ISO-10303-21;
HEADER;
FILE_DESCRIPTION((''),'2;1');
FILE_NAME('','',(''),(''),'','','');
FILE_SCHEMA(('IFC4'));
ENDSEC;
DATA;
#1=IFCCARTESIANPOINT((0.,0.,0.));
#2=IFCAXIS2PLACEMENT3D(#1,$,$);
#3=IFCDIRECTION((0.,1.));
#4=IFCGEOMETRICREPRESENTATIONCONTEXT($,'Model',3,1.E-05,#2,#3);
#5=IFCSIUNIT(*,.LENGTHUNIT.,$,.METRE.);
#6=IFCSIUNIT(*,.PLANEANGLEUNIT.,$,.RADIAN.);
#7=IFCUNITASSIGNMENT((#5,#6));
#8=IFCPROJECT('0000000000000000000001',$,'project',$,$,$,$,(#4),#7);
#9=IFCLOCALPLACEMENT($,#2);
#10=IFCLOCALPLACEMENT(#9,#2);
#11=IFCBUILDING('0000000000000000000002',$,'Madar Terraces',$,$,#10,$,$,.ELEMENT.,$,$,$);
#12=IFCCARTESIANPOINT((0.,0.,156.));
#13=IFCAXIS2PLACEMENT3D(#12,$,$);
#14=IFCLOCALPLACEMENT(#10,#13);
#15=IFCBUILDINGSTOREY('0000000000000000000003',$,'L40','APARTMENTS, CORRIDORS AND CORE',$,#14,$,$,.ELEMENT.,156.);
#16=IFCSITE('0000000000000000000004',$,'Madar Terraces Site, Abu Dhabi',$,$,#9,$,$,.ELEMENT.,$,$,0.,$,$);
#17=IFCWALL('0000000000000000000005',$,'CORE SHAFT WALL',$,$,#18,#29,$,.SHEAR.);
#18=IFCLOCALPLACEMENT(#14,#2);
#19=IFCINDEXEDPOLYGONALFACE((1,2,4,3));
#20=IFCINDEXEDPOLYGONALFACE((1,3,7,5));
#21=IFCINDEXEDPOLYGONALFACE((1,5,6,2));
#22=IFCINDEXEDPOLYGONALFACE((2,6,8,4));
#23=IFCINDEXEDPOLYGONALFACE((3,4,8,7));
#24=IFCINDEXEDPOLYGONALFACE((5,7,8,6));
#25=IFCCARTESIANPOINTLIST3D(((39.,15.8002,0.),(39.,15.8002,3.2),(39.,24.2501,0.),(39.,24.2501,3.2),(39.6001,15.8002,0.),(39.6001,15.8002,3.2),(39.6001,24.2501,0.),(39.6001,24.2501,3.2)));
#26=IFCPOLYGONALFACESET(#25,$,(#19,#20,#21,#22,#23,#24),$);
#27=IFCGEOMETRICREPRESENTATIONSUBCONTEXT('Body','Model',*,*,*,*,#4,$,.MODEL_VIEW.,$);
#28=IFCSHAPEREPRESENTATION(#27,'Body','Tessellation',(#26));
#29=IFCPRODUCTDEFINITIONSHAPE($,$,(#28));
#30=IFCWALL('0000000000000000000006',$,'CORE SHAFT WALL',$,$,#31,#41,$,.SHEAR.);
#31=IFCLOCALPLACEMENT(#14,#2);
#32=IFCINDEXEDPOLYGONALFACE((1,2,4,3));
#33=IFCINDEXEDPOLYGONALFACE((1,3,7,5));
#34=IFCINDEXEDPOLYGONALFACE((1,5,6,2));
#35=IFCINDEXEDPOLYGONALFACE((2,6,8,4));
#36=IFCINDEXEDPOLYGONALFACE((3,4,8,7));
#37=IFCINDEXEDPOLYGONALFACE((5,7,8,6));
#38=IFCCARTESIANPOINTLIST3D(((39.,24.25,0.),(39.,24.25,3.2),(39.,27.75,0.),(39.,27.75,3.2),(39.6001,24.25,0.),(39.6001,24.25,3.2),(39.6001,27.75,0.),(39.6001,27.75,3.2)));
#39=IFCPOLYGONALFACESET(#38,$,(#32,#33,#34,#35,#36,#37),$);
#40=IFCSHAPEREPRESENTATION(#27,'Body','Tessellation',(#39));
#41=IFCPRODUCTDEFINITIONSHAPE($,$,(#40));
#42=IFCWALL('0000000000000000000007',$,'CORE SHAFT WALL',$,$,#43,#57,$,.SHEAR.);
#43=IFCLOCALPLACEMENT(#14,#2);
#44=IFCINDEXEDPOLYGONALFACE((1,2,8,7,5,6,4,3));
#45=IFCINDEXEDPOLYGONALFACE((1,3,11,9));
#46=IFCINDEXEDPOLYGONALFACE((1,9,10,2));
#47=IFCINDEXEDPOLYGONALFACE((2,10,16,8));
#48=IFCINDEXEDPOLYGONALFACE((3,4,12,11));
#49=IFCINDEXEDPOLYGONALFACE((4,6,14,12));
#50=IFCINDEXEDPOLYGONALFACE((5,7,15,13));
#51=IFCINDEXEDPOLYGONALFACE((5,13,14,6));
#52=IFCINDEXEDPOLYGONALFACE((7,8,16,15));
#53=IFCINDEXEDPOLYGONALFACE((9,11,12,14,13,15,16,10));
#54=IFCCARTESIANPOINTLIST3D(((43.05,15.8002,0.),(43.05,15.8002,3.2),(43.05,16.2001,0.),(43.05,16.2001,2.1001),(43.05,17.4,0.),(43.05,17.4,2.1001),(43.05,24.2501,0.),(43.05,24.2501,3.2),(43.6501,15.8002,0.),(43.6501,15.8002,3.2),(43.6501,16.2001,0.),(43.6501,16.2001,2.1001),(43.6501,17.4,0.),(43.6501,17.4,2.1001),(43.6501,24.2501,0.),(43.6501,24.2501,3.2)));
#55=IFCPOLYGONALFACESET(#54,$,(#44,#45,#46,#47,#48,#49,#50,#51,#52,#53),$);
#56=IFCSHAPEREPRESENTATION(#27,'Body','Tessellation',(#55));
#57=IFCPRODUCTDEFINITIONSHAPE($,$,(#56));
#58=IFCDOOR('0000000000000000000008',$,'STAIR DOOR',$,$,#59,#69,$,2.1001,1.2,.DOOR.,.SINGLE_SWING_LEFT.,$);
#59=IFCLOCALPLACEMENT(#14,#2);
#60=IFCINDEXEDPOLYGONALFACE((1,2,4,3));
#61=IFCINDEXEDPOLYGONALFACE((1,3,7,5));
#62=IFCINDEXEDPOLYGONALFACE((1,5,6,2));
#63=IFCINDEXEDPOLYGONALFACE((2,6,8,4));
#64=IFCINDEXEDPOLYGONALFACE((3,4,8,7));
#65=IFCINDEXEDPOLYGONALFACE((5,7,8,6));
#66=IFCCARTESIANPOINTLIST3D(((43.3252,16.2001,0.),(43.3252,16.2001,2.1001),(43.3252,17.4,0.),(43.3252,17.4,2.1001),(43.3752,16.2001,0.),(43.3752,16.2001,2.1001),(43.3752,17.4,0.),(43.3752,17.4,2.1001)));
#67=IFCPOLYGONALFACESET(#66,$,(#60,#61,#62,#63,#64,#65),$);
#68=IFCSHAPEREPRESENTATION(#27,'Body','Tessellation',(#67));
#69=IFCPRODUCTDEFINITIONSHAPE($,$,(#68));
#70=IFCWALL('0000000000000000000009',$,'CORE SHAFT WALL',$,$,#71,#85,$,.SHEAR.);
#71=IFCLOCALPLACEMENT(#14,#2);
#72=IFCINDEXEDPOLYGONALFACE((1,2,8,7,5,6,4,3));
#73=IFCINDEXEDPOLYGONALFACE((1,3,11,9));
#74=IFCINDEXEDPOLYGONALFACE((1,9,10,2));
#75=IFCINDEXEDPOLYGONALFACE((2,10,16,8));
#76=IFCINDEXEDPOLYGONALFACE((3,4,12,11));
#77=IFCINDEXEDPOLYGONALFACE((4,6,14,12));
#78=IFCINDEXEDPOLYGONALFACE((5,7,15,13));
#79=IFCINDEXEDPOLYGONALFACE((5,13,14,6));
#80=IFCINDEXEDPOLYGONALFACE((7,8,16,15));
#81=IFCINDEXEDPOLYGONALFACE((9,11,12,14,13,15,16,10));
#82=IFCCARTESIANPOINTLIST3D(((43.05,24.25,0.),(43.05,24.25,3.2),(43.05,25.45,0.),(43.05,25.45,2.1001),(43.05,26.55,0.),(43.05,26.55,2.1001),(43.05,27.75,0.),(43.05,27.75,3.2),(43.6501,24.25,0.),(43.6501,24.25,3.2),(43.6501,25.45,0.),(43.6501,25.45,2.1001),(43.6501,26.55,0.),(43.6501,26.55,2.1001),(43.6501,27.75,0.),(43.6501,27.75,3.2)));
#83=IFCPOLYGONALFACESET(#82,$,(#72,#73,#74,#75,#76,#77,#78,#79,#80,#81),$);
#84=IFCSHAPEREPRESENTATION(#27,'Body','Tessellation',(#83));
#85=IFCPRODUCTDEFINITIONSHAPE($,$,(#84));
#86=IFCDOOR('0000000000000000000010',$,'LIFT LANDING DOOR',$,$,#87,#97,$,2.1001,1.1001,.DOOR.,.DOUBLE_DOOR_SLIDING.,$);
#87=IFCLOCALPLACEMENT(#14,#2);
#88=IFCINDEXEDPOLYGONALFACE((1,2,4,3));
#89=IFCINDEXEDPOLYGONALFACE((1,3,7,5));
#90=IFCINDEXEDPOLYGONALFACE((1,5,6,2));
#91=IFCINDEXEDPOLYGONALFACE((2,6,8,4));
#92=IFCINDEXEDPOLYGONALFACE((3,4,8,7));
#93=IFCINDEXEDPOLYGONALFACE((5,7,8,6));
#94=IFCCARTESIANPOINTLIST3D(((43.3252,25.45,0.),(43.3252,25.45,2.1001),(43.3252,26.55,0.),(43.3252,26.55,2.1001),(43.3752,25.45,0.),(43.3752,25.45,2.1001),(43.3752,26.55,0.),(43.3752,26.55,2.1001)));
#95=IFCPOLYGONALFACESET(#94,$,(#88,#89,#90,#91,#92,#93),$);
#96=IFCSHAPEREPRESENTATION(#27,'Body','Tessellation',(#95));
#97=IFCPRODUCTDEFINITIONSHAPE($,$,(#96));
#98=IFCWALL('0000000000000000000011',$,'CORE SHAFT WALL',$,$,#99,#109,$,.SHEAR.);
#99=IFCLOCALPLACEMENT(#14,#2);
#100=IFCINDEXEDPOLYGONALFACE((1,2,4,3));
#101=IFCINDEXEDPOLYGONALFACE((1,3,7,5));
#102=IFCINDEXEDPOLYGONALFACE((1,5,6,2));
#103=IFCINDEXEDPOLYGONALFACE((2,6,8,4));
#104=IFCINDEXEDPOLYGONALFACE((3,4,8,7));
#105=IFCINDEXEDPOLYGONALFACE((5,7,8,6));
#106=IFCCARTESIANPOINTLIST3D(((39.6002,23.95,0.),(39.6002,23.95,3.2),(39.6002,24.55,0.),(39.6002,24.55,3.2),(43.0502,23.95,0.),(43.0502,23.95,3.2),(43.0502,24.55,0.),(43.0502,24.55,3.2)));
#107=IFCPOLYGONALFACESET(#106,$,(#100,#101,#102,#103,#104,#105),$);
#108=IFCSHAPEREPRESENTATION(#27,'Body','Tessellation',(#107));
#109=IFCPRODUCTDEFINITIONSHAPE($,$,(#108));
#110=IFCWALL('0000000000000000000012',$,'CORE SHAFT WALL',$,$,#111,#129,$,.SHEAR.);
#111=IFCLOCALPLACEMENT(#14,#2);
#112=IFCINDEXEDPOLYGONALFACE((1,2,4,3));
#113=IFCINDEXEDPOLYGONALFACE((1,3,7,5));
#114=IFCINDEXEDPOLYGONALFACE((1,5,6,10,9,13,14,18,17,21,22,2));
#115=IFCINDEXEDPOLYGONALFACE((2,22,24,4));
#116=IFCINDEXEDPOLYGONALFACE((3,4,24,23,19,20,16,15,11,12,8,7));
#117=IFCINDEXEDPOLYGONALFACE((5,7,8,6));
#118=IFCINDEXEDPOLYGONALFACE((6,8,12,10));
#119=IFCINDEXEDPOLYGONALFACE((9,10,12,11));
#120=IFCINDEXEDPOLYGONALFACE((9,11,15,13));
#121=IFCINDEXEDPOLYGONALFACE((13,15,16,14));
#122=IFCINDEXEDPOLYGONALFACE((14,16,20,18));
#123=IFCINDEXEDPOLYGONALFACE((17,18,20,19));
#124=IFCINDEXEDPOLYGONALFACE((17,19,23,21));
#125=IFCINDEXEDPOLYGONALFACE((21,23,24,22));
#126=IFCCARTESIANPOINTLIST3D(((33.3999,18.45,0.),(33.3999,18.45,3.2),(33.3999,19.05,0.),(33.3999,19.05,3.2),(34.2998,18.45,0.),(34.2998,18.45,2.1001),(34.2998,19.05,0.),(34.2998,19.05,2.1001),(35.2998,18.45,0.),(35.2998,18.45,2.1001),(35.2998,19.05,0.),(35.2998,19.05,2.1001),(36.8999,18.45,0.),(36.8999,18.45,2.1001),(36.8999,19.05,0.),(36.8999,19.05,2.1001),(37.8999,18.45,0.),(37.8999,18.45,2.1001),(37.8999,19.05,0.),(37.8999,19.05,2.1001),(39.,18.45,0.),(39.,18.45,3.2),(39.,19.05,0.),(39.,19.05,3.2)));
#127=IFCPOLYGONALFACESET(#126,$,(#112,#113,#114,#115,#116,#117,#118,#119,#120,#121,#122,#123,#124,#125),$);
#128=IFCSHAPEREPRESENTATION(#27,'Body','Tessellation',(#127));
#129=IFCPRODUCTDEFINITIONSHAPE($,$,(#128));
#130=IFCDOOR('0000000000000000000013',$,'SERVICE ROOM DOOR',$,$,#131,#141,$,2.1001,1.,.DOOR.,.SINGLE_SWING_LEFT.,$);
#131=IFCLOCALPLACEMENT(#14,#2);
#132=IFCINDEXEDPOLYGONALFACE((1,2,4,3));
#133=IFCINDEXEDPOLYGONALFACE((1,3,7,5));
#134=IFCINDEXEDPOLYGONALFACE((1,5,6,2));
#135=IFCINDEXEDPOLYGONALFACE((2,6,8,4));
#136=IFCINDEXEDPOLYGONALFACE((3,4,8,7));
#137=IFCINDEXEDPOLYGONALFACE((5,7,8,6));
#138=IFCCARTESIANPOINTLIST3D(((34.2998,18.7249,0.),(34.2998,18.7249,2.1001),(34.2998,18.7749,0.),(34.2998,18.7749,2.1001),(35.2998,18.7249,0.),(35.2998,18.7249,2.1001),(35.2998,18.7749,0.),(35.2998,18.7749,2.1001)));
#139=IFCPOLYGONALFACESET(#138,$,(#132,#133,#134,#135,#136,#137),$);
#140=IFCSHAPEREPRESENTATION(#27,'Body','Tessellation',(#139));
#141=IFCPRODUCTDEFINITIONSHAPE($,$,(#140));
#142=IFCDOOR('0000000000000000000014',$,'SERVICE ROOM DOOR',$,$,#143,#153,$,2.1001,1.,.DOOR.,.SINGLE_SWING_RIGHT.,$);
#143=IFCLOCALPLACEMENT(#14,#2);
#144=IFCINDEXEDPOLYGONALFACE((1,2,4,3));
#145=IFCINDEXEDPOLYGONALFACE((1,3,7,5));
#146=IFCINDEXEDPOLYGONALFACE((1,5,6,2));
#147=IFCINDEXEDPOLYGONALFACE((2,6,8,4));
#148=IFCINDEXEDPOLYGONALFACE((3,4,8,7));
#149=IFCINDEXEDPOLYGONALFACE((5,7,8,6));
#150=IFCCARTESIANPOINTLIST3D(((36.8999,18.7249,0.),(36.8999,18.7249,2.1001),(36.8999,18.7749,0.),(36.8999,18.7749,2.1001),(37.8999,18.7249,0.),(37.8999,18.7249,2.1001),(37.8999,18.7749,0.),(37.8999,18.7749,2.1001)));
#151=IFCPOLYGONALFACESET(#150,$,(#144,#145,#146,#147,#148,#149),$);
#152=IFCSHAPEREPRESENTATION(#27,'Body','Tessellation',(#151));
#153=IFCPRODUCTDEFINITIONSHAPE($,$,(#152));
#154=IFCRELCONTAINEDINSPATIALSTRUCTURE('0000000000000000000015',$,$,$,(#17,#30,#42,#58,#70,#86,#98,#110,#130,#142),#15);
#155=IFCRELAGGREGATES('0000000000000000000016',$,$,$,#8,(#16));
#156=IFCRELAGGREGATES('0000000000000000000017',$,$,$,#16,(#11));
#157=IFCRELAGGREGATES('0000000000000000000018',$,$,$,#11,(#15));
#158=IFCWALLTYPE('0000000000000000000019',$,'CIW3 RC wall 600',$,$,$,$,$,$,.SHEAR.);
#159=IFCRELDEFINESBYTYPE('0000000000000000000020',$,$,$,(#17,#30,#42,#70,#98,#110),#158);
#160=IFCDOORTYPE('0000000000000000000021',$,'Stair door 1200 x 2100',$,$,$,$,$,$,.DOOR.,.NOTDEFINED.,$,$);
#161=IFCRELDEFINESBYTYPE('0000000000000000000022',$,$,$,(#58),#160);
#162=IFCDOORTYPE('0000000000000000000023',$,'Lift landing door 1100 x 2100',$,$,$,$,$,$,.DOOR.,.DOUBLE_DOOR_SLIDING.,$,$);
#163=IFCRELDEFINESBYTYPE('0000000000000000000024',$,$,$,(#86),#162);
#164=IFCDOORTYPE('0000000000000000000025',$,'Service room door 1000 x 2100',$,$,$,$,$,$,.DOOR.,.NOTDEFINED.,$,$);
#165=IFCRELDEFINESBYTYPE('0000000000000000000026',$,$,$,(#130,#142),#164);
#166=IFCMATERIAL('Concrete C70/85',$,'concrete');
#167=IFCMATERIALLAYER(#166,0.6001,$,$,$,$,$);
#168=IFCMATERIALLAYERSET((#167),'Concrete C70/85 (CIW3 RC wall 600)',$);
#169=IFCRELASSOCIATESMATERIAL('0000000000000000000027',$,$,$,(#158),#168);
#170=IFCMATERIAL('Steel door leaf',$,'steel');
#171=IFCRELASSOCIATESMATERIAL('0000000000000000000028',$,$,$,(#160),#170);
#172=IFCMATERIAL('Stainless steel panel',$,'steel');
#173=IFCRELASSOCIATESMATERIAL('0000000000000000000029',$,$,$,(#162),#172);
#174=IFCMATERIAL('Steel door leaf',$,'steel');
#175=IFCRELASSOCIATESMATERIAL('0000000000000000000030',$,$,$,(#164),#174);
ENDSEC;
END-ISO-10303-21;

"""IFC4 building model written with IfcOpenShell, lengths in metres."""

from ifc_helpers import new_model, si_unit, direction, frame, frame_2d, origin, place, context, subcontext, project, spatial, rectangle, extrude, material, layer, layer_set, type_object, element, fill, save


model = new_model("IFC4")

# Units and contexts
model_context = context("Model", 3, precision=1e-05, world=origin(), true_north=direction((0.0, 1.0)))
body_context = subcontext(model_context, "Body", "Model", "MODEL_VIEW")
ifc_project = project(units=[si_unit("LENGTHUNIT", "METRE"), si_unit("PLANEANGLEUNIT", "RADIAN")], contexts=[model_context])

# Site, building, storey
site_placement = place(None, origin())
site = spatial("IfcSite", under=ifc_project, at=site_placement, Name="Madar Terraces Site, Abu Dhabi", CompositionType="ELEMENT", RefElevation=0.0)
building_placement = place(site_placement, origin())
building = spatial("IfcBuilding", under=site, at=building_placement, Name="Madar Terraces", CompositionType="ELEMENT")
storey_placement = place(building_placement, frame((0.0, 0.0, 156.0)))
storey = spatial("IfcBuildingStorey", under=building, at=storey_placement, Name="L40", Description="APARTMENTS, CORRIDORS AND CORE", CompositionType="ELEMENT", Elevation=156.0)

# Walls
ifc_material_1 = material(Name="Concrete C70/85", Category="concrete")
ifc_layer_1 = layer(ifc_material_1, 0.6001)
ifc_layer_set_1 = layer_set([ifc_layer_1], Name="Concrete C70/85 (CIW3 RC wall 600)")
wall_type_1 = type_object("IfcWallType", Name="CIW3 RC wall 600", PredefinedType="SHEAR", material=ifc_layer_set_1)
wall_1_placement = place(storey_placement, frame((39.3, 15.8, 0.0), z_axis=(0.0, 0.0, 1.0), x_axis=(0.0, 1.0, 0.0)))
element("IfcWall", 1, at=wall_1_placement, inside=storey, type_object=wall_type_1, Name="CORE SHAFT WALL", PredefinedType="SHEAR", context=body_context, shape_type="SweptSolid", body=[
    extrude(rectangle(XDim=8.45, YDim=0.6001, at=frame_2d((4.2251, 0.0))), origin(), (0.0, 0.0, 1.0), 3.2),
])
wall_2_placement = place(storey_placement, frame((39.3, 24.25, 0.0), z_axis=(0.0, 0.0, 1.0), x_axis=(0.0, 1.0, 0.0)))
element("IfcWall", 2, at=wall_2_placement, inside=storey, type_object=wall_type_1, Name="CORE SHAFT WALL", PredefinedType="SHEAR", context=body_context, shape_type="SweptSolid", body=[
    extrude(rectangle(XDim=3.5, YDim=0.6001, at=frame_2d((1.75, 0.0))), origin(), (0.0, 0.0, 1.0), 3.2),
])

# Walls, openings, doors
wall_3_placement = place(storey_placement, frame((43.3501, 15.8, 0.0), z_axis=(0.0, 0.0, 1.0), x_axis=(0.0, 1.0, 0.0)))
wall_3 = element("IfcWall", 3, at=wall_3_placement, inside=storey, type_object=wall_type_1, Name="CORE SHAFT WALL", PredefinedType="SHEAR", context=body_context, shape_type="SweptSolid", body=[
    extrude(rectangle(XDim=8.45, YDim=0.6001, at=frame_2d((4.2251, 0.0))), origin(), (0.0, 0.0, 1.0), 3.2),
])
opening_1_placement = place(wall_3_placement, frame((0.3999, 0.0, 0.0)))
opening_1 = element("IfcOpeningElement", 4, at=opening_1_placement, cuts=wall_3, PredefinedType="OPENING", context=body_context, shape_type="SweptSolid", body=[
    extrude(rectangle(XDim=1.2, YDim=2.1001, at=frame_2d((0.6001, 1.05))), frame((0.0, 0.3101, 0.0), z_axis=(0.0, -1.0, 0.0), x_axis=(1.0, 0.0, 0.0)), (0.0, 0.0, 1.0), 0.6201),
])
ifc_material_2 = material(Name="Steel door leaf", Category="steel")
door_type_1 = type_object("IfcDoorType", Name="Stair door 1200 x 2100", OperationType="NOTDEFINED", PredefinedType="DOOR", material=ifc_material_2)
door_1_placement = place(opening_1_placement, origin())
door_1 = element("IfcDoor", 5, at=door_1_placement, inside=storey, type_object=door_type_1, Name="STAIR DOOR", OperationType="SINGLE_SWING_LEFT", OverallHeight=2.1001, OverallWidth=1.2, PredefinedType="DOOR", context=body_context, shape_type="SweptSolid", body=[
    extrude(rectangle(XDim=1.2, YDim=2.1001, at=frame_2d((0.6001, 1.05))), frame((0.0, 0.0249, 0.0), z_axis=(0.0, -1.0, 0.0), x_axis=(1.0, 0.0, 0.0)), (0.0, 0.0, 1.0), 0.05),
])
fill(opening_1, door_1)
wall_4_placement = place(storey_placement, frame((43.3501, 24.25, 0.0), z_axis=(0.0, 0.0, 1.0), x_axis=(0.0, 1.0, 0.0)))
wall_4 = element("IfcWall", 6, at=wall_4_placement, inside=storey, type_object=wall_type_1, Name="CORE SHAFT WALL", PredefinedType="SHEAR", context=body_context, shape_type="SweptSolid", body=[
    extrude(rectangle(XDim=3.5, YDim=0.6001, at=frame_2d((1.75, 0.0))), origin(), (0.0, 0.0, 1.0), 3.2),
])
opening_2_placement = place(wall_4_placement, frame((1.2, 0.0, 0.0)))
opening_2 = element("IfcOpeningElement", 7, at=opening_2_placement, cuts=wall_4, PredefinedType="OPENING", context=body_context, shape_type="SweptSolid", body=[
    extrude(rectangle(XDim=1.1001, YDim=2.1001, at=frame_2d((0.55, 1.05))), frame((0.0, 0.3101, 0.0), z_axis=(0.0, -1.0, 0.0), x_axis=(1.0, 0.0, 0.0)), (0.0, 0.0, 1.0), 0.6201),
])
ifc_material_3 = material(Name="Stainless steel panel", Category="steel")
door_type_2 = type_object("IfcDoorType", Name="Lift landing door 1100 x 2100", OperationType="DOUBLE_DOOR_SLIDING", PredefinedType="DOOR", material=ifc_material_3)
door_2_placement = place(opening_2_placement, origin())
door_2 = element("IfcDoor", 8, at=door_2_placement, inside=storey, type_object=door_type_2, Name="LIFT LANDING DOOR", OperationType="DOUBLE_DOOR_SLIDING", OverallHeight=2.1001, OverallWidth=1.1001, PredefinedType="DOOR", context=body_context, shape_type="SweptSolid", body=[
    extrude(rectangle(XDim=1.1001, YDim=2.1001, at=frame_2d((0.55, 1.05))), frame((0.0, 0.0249, 0.0), z_axis=(0.0, -1.0, 0.0), x_axis=(1.0, 0.0, 0.0)), (0.0, 0.0, 1.0), 0.05),
])
fill(opening_2, door_2)

# Wall
wall_5_placement = place(storey_placement, frame((39.6001, 24.25, 0.0), z_axis=(0.0, 0.0, 1.0), x_axis=(1.0, 0.0, 0.0)))
element("IfcWall", 9, at=wall_5_placement, inside=storey, type_object=wall_type_1, Name="CORE SHAFT WALL", PredefinedType="SHEAR", context=body_context, shape_type="SweptSolid", body=[
    extrude(rectangle(XDim=3.45, YDim=0.6001, at=frame_2d((1.7251, 0.0))), origin(), (0.0, 0.0, 1.0), 3.2),
])

# Wall, openings, doors
wall_6_placement = place(storey_placement, frame((33.3999, 18.75, 0.0), z_axis=(0.0, 0.0, 1.0), x_axis=(1.0, 0.0, 0.0)))
wall_6 = element("IfcWall", 10, at=wall_6_placement, inside=storey, type_object=wall_type_1, Name="CORE SHAFT WALL", PredefinedType="SHEAR", context=body_context, shape_type="SweptSolid", body=[
    extrude(rectangle(XDim=5.6001, YDim=0.6001, at=frame_2d((2.8, 0.0))), origin(), (0.0, 0.0, 1.0), 3.2),
])
opening_3_placement = place(wall_6_placement, frame((0.8999, 0.0, 0.0)))
opening_3 = element("IfcOpeningElement", 11, at=opening_3_placement, cuts=wall_6, PredefinedType="OPENING", context=body_context, shape_type="SweptSolid", body=[
    extrude(rectangle(XDim=1.0, YDim=2.1001, at=frame_2d((0.5, 1.05))), frame((0.0, 0.3101, 0.0), z_axis=(0.0, -1.0, 0.0), x_axis=(1.0, 0.0, 0.0)), (0.0, 0.0, 1.0), 0.6201),
])
opening_4_placement = place(wall_6_placement, frame((3.5, 0.0, 0.0)))
opening_4 = element("IfcOpeningElement", 12, at=opening_4_placement, cuts=wall_6, PredefinedType="OPENING", context=body_context, shape_type="SweptSolid", body=[
    extrude(rectangle(XDim=1.0, YDim=2.1001, at=frame_2d((0.5, 1.05))), frame((0.0, 0.3101, 0.0), z_axis=(0.0, -1.0, 0.0), x_axis=(1.0, 0.0, 0.0)), (0.0, 0.0, 1.0), 0.6201),
])
ifc_material_4 = material(Name="Steel door leaf", Category="steel")
door_type_3 = type_object("IfcDoorType", Name="Service room door 1000 x 2100", OperationType="NOTDEFINED", PredefinedType="DOOR", material=ifc_material_4)
door_3_placement = place(opening_3_placement, origin())
door_3 = element("IfcDoor", 13, at=door_3_placement, inside=storey, type_object=door_type_3, Name="SERVICE ROOM DOOR", OperationType="SINGLE_SWING_LEFT", OverallHeight=2.1001, OverallWidth=1.0, PredefinedType="DOOR", context=body_context, shape_type="SweptSolid", body=[
    extrude(rectangle(XDim=1.0, YDim=2.1001, at=frame_2d((0.5, 1.05))), frame((0.0, 0.0249, 0.0), z_axis=(0.0, -1.0, 0.0), x_axis=(1.0, 0.0, 0.0)), (0.0, 0.0, 1.0), 0.05),
])
fill(opening_3, door_3)
door_4_placement = place(opening_4_placement, origin())
door_4 = element("IfcDoor", 14, at=door_4_placement, inside=storey, type_object=door_type_3, Name="SERVICE ROOM DOOR", OperationType="SINGLE_SWING_RIGHT", OverallHeight=2.1001, OverallWidth=1.0, PredefinedType="DOOR", context=body_context, shape_type="SweptSolid", body=[
    extrude(rectangle(XDim=1.0, YDim=2.1001, at=frame_2d((0.5, 1.05))), frame((0.0, 0.0249, 0.0), z_axis=(0.0, -1.0, 0.0), x_axis=(1.0, 0.0, 0.0)), (0.0, 0.0, 1.0), 0.05),
])
fill(opening_4, door_4)

save(model, "model.ifc")
